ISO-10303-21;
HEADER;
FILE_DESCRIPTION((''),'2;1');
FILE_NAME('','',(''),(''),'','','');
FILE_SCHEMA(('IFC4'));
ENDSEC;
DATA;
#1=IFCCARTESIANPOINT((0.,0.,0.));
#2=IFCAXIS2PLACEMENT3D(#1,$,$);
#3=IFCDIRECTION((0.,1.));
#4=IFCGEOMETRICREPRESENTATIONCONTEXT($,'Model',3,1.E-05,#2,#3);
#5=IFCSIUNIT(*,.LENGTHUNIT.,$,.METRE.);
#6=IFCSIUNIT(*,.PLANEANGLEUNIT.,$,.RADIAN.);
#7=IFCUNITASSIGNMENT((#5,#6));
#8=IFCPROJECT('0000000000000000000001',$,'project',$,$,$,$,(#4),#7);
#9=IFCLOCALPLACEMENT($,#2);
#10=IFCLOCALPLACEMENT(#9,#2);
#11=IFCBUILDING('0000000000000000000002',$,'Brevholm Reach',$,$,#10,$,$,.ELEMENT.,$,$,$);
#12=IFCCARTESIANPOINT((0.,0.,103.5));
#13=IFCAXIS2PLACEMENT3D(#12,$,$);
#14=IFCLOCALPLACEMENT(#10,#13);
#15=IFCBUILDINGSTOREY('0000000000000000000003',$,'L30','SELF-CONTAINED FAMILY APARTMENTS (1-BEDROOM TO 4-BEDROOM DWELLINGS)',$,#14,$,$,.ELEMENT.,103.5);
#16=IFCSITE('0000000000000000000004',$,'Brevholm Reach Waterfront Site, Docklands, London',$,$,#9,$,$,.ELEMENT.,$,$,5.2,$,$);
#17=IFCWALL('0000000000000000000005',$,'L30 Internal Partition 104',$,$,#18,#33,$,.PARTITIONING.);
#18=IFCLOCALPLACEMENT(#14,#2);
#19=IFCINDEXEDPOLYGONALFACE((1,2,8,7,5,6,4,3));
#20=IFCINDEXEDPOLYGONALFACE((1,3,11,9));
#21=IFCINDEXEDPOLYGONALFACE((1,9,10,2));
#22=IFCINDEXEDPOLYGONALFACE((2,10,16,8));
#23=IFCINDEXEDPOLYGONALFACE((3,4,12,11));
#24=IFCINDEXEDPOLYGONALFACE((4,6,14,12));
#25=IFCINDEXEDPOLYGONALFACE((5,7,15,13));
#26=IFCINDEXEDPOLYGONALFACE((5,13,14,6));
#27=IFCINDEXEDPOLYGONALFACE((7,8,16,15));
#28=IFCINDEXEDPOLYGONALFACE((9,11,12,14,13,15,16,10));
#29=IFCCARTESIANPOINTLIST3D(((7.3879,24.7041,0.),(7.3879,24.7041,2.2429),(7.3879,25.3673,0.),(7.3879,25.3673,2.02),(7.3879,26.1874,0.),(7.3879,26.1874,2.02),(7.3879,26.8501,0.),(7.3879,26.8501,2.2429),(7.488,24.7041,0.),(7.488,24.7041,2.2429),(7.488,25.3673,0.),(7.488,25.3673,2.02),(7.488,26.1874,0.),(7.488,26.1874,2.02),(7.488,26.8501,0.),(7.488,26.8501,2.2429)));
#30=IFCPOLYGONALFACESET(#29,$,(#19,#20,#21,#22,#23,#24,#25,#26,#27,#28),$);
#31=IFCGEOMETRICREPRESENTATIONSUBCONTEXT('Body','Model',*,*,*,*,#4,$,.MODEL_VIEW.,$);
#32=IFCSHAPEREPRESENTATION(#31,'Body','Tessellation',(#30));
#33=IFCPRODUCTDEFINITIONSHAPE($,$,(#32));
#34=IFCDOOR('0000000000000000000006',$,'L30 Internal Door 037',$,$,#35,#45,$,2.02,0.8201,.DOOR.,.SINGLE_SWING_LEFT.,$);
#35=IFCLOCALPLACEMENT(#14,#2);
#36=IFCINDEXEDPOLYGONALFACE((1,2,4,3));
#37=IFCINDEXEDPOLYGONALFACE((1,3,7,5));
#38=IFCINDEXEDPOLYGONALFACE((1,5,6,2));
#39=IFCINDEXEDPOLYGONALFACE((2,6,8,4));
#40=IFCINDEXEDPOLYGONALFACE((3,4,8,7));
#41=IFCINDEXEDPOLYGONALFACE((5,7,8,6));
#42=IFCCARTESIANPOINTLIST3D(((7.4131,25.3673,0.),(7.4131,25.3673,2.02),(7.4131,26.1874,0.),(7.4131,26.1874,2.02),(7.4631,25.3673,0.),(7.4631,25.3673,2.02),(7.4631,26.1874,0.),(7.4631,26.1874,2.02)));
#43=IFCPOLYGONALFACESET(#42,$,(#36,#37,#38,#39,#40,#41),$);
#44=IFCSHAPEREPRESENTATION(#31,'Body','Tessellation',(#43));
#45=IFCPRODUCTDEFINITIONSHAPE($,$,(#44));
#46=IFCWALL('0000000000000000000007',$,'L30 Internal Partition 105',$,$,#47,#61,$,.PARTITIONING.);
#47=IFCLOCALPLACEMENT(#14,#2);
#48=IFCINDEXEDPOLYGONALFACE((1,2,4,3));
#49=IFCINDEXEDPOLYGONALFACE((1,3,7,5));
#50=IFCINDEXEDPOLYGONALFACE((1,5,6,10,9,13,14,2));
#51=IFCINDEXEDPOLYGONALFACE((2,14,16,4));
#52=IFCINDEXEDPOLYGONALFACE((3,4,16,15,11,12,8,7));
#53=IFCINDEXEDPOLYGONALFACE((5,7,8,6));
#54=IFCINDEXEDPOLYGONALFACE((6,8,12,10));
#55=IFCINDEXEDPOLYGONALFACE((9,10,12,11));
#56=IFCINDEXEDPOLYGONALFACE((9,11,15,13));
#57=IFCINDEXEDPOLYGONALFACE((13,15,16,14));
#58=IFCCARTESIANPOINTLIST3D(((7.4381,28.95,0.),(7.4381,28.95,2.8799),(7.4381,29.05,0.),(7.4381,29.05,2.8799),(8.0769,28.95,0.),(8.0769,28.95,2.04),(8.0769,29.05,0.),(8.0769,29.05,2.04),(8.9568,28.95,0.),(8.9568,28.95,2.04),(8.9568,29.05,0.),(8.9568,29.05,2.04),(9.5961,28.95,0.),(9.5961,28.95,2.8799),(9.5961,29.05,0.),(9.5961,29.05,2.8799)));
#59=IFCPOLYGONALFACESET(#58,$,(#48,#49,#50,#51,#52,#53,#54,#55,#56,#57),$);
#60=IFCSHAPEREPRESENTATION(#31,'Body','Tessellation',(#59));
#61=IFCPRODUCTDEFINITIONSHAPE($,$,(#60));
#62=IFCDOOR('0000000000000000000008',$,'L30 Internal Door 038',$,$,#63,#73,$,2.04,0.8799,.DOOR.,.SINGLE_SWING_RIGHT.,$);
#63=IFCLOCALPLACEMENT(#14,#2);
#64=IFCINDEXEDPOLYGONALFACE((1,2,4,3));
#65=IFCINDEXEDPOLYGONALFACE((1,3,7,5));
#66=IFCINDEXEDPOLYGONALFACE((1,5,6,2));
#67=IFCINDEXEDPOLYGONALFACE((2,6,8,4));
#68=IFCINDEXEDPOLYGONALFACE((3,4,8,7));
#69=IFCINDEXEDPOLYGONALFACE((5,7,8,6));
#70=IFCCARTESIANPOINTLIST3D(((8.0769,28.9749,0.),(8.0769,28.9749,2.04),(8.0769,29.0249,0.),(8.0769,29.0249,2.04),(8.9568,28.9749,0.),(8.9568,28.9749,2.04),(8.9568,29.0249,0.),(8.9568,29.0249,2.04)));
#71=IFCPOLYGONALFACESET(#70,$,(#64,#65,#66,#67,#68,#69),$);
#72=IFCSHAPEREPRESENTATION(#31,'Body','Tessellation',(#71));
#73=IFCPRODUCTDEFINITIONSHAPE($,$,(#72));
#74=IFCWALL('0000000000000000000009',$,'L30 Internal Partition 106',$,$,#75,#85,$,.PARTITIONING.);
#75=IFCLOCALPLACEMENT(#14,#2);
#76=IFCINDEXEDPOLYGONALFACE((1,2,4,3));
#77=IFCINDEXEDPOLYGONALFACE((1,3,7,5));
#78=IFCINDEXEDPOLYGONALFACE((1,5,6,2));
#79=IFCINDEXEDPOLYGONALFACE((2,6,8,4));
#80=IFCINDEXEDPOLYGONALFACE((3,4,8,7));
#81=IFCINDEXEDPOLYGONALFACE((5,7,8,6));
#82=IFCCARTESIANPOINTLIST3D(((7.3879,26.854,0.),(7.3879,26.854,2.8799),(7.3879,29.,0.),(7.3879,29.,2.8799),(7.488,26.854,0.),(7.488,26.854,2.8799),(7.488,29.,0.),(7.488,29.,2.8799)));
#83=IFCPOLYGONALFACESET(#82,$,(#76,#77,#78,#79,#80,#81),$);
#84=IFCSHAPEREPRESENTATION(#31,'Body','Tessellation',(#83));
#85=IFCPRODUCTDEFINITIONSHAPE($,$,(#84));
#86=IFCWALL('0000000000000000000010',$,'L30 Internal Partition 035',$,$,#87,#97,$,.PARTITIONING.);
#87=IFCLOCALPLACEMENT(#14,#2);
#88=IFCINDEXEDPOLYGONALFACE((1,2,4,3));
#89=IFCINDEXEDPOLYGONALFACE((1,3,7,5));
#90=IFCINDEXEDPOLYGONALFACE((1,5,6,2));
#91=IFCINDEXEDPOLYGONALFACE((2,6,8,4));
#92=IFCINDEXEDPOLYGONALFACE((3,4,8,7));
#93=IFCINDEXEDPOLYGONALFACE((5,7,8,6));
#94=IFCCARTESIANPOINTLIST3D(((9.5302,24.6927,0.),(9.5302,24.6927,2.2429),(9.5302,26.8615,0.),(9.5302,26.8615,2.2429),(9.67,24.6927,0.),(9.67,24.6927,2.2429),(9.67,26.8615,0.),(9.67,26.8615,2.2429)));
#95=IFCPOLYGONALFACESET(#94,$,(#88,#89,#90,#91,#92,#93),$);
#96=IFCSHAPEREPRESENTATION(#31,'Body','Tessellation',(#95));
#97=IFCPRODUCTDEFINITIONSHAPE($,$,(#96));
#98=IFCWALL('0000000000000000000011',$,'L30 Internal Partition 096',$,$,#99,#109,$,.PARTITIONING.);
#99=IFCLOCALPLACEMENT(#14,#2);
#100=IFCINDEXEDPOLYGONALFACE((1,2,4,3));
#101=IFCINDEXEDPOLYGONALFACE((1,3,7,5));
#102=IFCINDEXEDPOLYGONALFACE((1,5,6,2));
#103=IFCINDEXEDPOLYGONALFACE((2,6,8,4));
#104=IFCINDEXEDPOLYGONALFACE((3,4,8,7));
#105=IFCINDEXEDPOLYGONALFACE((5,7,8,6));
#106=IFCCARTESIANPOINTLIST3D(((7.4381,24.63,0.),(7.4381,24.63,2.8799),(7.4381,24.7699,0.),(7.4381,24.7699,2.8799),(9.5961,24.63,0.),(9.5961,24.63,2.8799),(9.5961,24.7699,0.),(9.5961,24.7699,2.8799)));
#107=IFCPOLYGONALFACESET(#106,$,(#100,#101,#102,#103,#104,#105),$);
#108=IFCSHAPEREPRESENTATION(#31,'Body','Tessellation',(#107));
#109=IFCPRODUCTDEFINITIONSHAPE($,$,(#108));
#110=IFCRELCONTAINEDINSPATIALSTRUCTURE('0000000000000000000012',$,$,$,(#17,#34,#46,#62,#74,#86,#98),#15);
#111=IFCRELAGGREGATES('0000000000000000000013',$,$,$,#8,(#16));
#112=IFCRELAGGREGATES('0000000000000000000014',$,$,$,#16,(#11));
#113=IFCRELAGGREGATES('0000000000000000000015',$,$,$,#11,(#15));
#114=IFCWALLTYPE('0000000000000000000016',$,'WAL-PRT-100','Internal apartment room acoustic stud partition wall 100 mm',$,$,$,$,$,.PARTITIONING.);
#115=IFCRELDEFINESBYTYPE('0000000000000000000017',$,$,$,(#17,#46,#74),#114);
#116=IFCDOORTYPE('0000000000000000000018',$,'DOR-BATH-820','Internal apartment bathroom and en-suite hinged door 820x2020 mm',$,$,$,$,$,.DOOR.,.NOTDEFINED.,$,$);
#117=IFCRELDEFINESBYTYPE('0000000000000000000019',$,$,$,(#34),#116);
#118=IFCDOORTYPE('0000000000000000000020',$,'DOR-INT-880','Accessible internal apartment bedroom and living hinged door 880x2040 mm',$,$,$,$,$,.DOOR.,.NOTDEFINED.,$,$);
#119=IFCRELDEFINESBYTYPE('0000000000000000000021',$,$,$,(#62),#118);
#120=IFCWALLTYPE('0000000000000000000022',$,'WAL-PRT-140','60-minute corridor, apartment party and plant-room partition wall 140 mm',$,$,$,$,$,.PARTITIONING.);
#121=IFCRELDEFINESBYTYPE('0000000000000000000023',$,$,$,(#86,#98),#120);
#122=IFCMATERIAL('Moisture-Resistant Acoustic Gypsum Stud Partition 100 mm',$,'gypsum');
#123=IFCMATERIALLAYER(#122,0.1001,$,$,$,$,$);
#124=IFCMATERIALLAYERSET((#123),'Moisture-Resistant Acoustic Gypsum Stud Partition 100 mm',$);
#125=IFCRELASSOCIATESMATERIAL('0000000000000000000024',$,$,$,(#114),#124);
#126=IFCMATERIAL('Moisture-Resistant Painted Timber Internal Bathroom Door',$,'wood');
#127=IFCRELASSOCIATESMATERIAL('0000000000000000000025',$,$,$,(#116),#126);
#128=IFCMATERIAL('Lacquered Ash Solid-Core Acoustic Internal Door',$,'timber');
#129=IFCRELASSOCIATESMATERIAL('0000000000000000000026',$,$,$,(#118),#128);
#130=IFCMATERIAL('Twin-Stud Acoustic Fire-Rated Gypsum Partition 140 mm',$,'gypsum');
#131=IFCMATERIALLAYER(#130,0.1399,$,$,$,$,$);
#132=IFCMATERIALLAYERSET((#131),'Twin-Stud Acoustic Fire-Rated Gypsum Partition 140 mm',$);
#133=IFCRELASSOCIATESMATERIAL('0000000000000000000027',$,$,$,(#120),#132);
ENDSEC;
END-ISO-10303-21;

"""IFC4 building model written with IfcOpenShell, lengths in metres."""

from ifc_helpers import new_model, si_unit, direction, frame, frame_2d, origin, place, context, subcontext, project, spatial, rectangle, extrude, material, layer, layer_set, type_object, element, fill, save


model = new_model("IFC4")

# Units and contexts
model_context = context("Model", 3, precision=1e-05, world=origin(), true_north=direction((0.0, 1.0)))
body_context = subcontext(model_context, "Body", "Model", "MODEL_VIEW")
ifc_project = project(units=[si_unit("LENGTHUNIT", "METRE"), si_unit("PLANEANGLEUNIT", "RADIAN")], contexts=[model_context])

# Site, building, storey
site_placement = place(None, origin())
site = spatial("IfcSite", under=ifc_project, at=site_placement, Name="Brevholm Reach Waterfront Site, Docklands, London", CompositionType="ELEMENT", RefElevation=5.2)
building_placement = place(site_placement, origin())
building = spatial("IfcBuilding", under=site, at=building_placement, Name="Brevholm Reach", CompositionType="ELEMENT")
storey_placement = place(building_placement, frame((0.0, 0.0, 103.5)))
storey = spatial("IfcBuildingStorey", under=building, at=storey_placement, Name="L30", Description="SELF-CONTAINED FAMILY APARTMENTS (1-BEDROOM TO 4-BEDROOM DWELLINGS)", CompositionType="ELEMENT", Elevation=103.5)

# Shared definitions
ifc_material_1 = material(Name="Moisture-Resistant Acoustic Gypsum Stud Partition 100 mm", Category="gypsum")
ifc_layer_1 = layer(ifc_material_1, 0.1001)
ifc_layer_set_1 = layer_set([ifc_layer_1], Name="Moisture-Resistant Acoustic Gypsum Stud Partition 100 mm")
wall_type_1 = type_object("IfcWallType", Name="WAL-PRT-100", Description="Internal apartment room acoustic stud partition wall 100 mm", PredefinedType="PARTITIONING", material=ifc_layer_set_1)

# Walls, openings, doors
wall_1_placement = place(storey_placement, frame((7.438, 24.7041, 0.0), z_axis=(0.0, 0.0, 1.0), x_axis=(0.0, 1.0, 0.0)))
wall_1 = element("IfcWall", 1, at=wall_1_placement, inside=storey, type_object=wall_type_1, Name="L30 Internal Partition 104", PredefinedType="PARTITIONING", context=body_context, shape_type="SweptSolid", body=[
    extrude(rectangle(XDim=2.146, YDim=0.1001, at=frame_2d((1.073, 0.0))), origin(), (0.0, 0.0, 1.0), 2.2429),
])
opening_1_placement = place(wall_1_placement, frame((0.6631, 0.0, 0.0)))
opening_1 = element("IfcOpeningElement", 2, at=opening_1_placement, cuts=wall_1, PredefinedType="OPENING", context=body_context, shape_type="SweptSolid", body=[
    extrude(rectangle(XDim=0.8201, YDim=2.02, at=frame_2d((0.4102, 1.01))), frame((0.0, 0.0601, 0.0), z_axis=(0.0, -1.0, 0.0), x_axis=(1.0, 0.0, 0.0)), (0.0, 0.0, 1.0), 0.1201),
])
ifc_material_2 = material(Name="Moisture-Resistant Painted Timber Internal Bathroom Door", Category="wood")
door_type_1 = type_object("IfcDoorType", Name="DOR-BATH-820", Description="Internal apartment bathroom and en-suite hinged door 820x2020 mm", OperationType="NOTDEFINED", PredefinedType="DOOR", material=ifc_material_2)
door_1_placement = place(opening_1_placement, origin())
door_1 = element("IfcDoor", 3, at=door_1_placement, inside=storey, type_object=door_type_1, Name="L30 Internal Door 037", OperationType="SINGLE_SWING_LEFT", OverallHeight=2.02, OverallWidth=0.8201, PredefinedType="DOOR", context=body_context, shape_type="SweptSolid", body=[
    extrude(rectangle(XDim=0.8201, YDim=2.02, at=frame_2d((0.4102, 1.01))), frame((0.0, 0.0249, 0.0), z_axis=(0.0, -1.0, 0.0), x_axis=(1.0, 0.0, 0.0)), (0.0, 0.0, 1.0), 0.05),
])
fill(opening_1, door_1)
wall_2_placement = place(storey_placement, frame((7.438, 29.0, 0.0), z_axis=(0.0, 0.0, 1.0), x_axis=(1.0, 0.0, 0.0)))
wall_2 = element("IfcWall", 4, at=wall_2_placement, inside=storey, type_object=wall_type_1, Name="L30 Internal Partition 105", PredefinedType="PARTITIONING", context=body_context, shape_type="SweptSolid", body=[
    extrude(rectangle(XDim=2.158, YDim=0.1001, at=frame_2d((1.0791, 0.0))), origin(), (0.0, 0.0, 1.0), 2.8799),
])
opening_2_placement = place(wall_2_placement, frame((0.6389, 0.0, 0.0)))
opening_2 = element("IfcOpeningElement", 5, at=opening_2_placement, cuts=wall_2, PredefinedType="OPENING", context=body_context, shape_type="SweptSolid", body=[
    extrude(rectangle(XDim=0.8799, YDim=2.04, at=frame_2d((0.4399, 1.02))), frame((0.0, 0.0601, 0.0), z_axis=(0.0, -1.0, 0.0), x_axis=(1.0, 0.0, 0.0)), (0.0, 0.0, 1.0), 0.1201),
])
ifc_material_3 = material(Name="Lacquered Ash Solid-Core Acoustic Internal Door", Category="timber")
door_type_2 = type_object("IfcDoorType", Name="DOR-INT-880", Description="Accessible internal apartment bedroom and living hinged door 880x2040 mm", OperationType="NOTDEFINED", PredefinedType="DOOR", material=ifc_material_3)
door_2_placement = place(opening_2_placement, origin())
door_2 = element("IfcDoor", 6, at=door_2_placement, inside=storey, type_object=door_type_2, Name="L30 Internal Door 038", OperationType="SINGLE_SWING_RIGHT", OverallHeight=2.04, OverallWidth=0.8799, PredefinedType="DOOR", context=body_context, shape_type="SweptSolid", body=[
    extrude(rectangle(XDim=0.8799, YDim=2.04, at=frame_2d((0.4399, 1.02))), frame((0.0, 0.0249, 0.0), z_axis=(0.0, -1.0, 0.0), x_axis=(1.0, 0.0, 0.0)), (0.0, 0.0, 1.0), 0.05),
])
fill(opening_2, door_2)

# Walls
wall_3_placement = place(storey_placement, frame((7.438, 26.854, 0.0), z_axis=(0.0, 0.0, 1.0), x_axis=(0.0, 1.0, 0.0)))
element("IfcWall", 7, at=wall_3_placement, inside=storey, type_object=wall_type_1, Name="L30 Internal Partition 106", PredefinedType="PARTITIONING", context=body_context, shape_type="SweptSolid", body=[
    extrude(rectangle(XDim=2.146, YDim=0.1001, at=frame_2d((1.073, 0.0))), origin(), (0.0, 0.0, 1.0), 2.8799),
])
ifc_material_4 = material(Name="Twin-Stud Acoustic Fire-Rated Gypsum Partition 140 mm", Category="gypsum")
ifc_layer_2 = layer(ifc_material_4, 0.1399)
ifc_layer_set_2 = layer_set([ifc_layer_2], Name="Twin-Stud Acoustic Fire-Rated Gypsum Partition 140 mm")
wall_type_2 = type_object("IfcWallType", Name="WAL-PRT-140", Description="60-minute corridor, apartment party and plant-room partition wall 140 mm", PredefinedType="PARTITIONING", material=ifc_layer_set_2)
wall_4_placement = place(storey_placement, frame((9.6001, 24.6926, 0.0), z_axis=(0.0, 0.0, 1.0), x_axis=(0.0, 1.0, 0.0)))
element("IfcWall", 8, at=wall_4_placement, inside=storey, type_object=wall_type_2, Name="L30 Internal Partition 035", PredefinedType="PARTITIONING", context=body_context, shape_type="SweptSolid", body=[
    extrude(rectangle(XDim=2.1687, YDim=0.1399, at=frame_2d((1.0845, 0.0))), origin(), (0.0, 0.0, 1.0), 2.2429),
])
wall_5_placement = place(storey_placement, frame((7.438, 24.7, 0.0), z_axis=(0.0, 0.0, 1.0), x_axis=(1.0, 0.0, 0.0)))
element("IfcWall", 9, at=wall_5_placement, inside=storey, type_object=wall_type_2, Name="L30 Internal Partition 096", PredefinedType="PARTITIONING", context=body_context, shape_type="SweptSolid", body=[
    extrude(rectangle(XDim=2.158, YDim=0.1399, at=frame_2d((1.0791, 0.0))), origin(), (0.0, 0.0, 1.0), 2.8799),
])

save(model, "model.ifc")
